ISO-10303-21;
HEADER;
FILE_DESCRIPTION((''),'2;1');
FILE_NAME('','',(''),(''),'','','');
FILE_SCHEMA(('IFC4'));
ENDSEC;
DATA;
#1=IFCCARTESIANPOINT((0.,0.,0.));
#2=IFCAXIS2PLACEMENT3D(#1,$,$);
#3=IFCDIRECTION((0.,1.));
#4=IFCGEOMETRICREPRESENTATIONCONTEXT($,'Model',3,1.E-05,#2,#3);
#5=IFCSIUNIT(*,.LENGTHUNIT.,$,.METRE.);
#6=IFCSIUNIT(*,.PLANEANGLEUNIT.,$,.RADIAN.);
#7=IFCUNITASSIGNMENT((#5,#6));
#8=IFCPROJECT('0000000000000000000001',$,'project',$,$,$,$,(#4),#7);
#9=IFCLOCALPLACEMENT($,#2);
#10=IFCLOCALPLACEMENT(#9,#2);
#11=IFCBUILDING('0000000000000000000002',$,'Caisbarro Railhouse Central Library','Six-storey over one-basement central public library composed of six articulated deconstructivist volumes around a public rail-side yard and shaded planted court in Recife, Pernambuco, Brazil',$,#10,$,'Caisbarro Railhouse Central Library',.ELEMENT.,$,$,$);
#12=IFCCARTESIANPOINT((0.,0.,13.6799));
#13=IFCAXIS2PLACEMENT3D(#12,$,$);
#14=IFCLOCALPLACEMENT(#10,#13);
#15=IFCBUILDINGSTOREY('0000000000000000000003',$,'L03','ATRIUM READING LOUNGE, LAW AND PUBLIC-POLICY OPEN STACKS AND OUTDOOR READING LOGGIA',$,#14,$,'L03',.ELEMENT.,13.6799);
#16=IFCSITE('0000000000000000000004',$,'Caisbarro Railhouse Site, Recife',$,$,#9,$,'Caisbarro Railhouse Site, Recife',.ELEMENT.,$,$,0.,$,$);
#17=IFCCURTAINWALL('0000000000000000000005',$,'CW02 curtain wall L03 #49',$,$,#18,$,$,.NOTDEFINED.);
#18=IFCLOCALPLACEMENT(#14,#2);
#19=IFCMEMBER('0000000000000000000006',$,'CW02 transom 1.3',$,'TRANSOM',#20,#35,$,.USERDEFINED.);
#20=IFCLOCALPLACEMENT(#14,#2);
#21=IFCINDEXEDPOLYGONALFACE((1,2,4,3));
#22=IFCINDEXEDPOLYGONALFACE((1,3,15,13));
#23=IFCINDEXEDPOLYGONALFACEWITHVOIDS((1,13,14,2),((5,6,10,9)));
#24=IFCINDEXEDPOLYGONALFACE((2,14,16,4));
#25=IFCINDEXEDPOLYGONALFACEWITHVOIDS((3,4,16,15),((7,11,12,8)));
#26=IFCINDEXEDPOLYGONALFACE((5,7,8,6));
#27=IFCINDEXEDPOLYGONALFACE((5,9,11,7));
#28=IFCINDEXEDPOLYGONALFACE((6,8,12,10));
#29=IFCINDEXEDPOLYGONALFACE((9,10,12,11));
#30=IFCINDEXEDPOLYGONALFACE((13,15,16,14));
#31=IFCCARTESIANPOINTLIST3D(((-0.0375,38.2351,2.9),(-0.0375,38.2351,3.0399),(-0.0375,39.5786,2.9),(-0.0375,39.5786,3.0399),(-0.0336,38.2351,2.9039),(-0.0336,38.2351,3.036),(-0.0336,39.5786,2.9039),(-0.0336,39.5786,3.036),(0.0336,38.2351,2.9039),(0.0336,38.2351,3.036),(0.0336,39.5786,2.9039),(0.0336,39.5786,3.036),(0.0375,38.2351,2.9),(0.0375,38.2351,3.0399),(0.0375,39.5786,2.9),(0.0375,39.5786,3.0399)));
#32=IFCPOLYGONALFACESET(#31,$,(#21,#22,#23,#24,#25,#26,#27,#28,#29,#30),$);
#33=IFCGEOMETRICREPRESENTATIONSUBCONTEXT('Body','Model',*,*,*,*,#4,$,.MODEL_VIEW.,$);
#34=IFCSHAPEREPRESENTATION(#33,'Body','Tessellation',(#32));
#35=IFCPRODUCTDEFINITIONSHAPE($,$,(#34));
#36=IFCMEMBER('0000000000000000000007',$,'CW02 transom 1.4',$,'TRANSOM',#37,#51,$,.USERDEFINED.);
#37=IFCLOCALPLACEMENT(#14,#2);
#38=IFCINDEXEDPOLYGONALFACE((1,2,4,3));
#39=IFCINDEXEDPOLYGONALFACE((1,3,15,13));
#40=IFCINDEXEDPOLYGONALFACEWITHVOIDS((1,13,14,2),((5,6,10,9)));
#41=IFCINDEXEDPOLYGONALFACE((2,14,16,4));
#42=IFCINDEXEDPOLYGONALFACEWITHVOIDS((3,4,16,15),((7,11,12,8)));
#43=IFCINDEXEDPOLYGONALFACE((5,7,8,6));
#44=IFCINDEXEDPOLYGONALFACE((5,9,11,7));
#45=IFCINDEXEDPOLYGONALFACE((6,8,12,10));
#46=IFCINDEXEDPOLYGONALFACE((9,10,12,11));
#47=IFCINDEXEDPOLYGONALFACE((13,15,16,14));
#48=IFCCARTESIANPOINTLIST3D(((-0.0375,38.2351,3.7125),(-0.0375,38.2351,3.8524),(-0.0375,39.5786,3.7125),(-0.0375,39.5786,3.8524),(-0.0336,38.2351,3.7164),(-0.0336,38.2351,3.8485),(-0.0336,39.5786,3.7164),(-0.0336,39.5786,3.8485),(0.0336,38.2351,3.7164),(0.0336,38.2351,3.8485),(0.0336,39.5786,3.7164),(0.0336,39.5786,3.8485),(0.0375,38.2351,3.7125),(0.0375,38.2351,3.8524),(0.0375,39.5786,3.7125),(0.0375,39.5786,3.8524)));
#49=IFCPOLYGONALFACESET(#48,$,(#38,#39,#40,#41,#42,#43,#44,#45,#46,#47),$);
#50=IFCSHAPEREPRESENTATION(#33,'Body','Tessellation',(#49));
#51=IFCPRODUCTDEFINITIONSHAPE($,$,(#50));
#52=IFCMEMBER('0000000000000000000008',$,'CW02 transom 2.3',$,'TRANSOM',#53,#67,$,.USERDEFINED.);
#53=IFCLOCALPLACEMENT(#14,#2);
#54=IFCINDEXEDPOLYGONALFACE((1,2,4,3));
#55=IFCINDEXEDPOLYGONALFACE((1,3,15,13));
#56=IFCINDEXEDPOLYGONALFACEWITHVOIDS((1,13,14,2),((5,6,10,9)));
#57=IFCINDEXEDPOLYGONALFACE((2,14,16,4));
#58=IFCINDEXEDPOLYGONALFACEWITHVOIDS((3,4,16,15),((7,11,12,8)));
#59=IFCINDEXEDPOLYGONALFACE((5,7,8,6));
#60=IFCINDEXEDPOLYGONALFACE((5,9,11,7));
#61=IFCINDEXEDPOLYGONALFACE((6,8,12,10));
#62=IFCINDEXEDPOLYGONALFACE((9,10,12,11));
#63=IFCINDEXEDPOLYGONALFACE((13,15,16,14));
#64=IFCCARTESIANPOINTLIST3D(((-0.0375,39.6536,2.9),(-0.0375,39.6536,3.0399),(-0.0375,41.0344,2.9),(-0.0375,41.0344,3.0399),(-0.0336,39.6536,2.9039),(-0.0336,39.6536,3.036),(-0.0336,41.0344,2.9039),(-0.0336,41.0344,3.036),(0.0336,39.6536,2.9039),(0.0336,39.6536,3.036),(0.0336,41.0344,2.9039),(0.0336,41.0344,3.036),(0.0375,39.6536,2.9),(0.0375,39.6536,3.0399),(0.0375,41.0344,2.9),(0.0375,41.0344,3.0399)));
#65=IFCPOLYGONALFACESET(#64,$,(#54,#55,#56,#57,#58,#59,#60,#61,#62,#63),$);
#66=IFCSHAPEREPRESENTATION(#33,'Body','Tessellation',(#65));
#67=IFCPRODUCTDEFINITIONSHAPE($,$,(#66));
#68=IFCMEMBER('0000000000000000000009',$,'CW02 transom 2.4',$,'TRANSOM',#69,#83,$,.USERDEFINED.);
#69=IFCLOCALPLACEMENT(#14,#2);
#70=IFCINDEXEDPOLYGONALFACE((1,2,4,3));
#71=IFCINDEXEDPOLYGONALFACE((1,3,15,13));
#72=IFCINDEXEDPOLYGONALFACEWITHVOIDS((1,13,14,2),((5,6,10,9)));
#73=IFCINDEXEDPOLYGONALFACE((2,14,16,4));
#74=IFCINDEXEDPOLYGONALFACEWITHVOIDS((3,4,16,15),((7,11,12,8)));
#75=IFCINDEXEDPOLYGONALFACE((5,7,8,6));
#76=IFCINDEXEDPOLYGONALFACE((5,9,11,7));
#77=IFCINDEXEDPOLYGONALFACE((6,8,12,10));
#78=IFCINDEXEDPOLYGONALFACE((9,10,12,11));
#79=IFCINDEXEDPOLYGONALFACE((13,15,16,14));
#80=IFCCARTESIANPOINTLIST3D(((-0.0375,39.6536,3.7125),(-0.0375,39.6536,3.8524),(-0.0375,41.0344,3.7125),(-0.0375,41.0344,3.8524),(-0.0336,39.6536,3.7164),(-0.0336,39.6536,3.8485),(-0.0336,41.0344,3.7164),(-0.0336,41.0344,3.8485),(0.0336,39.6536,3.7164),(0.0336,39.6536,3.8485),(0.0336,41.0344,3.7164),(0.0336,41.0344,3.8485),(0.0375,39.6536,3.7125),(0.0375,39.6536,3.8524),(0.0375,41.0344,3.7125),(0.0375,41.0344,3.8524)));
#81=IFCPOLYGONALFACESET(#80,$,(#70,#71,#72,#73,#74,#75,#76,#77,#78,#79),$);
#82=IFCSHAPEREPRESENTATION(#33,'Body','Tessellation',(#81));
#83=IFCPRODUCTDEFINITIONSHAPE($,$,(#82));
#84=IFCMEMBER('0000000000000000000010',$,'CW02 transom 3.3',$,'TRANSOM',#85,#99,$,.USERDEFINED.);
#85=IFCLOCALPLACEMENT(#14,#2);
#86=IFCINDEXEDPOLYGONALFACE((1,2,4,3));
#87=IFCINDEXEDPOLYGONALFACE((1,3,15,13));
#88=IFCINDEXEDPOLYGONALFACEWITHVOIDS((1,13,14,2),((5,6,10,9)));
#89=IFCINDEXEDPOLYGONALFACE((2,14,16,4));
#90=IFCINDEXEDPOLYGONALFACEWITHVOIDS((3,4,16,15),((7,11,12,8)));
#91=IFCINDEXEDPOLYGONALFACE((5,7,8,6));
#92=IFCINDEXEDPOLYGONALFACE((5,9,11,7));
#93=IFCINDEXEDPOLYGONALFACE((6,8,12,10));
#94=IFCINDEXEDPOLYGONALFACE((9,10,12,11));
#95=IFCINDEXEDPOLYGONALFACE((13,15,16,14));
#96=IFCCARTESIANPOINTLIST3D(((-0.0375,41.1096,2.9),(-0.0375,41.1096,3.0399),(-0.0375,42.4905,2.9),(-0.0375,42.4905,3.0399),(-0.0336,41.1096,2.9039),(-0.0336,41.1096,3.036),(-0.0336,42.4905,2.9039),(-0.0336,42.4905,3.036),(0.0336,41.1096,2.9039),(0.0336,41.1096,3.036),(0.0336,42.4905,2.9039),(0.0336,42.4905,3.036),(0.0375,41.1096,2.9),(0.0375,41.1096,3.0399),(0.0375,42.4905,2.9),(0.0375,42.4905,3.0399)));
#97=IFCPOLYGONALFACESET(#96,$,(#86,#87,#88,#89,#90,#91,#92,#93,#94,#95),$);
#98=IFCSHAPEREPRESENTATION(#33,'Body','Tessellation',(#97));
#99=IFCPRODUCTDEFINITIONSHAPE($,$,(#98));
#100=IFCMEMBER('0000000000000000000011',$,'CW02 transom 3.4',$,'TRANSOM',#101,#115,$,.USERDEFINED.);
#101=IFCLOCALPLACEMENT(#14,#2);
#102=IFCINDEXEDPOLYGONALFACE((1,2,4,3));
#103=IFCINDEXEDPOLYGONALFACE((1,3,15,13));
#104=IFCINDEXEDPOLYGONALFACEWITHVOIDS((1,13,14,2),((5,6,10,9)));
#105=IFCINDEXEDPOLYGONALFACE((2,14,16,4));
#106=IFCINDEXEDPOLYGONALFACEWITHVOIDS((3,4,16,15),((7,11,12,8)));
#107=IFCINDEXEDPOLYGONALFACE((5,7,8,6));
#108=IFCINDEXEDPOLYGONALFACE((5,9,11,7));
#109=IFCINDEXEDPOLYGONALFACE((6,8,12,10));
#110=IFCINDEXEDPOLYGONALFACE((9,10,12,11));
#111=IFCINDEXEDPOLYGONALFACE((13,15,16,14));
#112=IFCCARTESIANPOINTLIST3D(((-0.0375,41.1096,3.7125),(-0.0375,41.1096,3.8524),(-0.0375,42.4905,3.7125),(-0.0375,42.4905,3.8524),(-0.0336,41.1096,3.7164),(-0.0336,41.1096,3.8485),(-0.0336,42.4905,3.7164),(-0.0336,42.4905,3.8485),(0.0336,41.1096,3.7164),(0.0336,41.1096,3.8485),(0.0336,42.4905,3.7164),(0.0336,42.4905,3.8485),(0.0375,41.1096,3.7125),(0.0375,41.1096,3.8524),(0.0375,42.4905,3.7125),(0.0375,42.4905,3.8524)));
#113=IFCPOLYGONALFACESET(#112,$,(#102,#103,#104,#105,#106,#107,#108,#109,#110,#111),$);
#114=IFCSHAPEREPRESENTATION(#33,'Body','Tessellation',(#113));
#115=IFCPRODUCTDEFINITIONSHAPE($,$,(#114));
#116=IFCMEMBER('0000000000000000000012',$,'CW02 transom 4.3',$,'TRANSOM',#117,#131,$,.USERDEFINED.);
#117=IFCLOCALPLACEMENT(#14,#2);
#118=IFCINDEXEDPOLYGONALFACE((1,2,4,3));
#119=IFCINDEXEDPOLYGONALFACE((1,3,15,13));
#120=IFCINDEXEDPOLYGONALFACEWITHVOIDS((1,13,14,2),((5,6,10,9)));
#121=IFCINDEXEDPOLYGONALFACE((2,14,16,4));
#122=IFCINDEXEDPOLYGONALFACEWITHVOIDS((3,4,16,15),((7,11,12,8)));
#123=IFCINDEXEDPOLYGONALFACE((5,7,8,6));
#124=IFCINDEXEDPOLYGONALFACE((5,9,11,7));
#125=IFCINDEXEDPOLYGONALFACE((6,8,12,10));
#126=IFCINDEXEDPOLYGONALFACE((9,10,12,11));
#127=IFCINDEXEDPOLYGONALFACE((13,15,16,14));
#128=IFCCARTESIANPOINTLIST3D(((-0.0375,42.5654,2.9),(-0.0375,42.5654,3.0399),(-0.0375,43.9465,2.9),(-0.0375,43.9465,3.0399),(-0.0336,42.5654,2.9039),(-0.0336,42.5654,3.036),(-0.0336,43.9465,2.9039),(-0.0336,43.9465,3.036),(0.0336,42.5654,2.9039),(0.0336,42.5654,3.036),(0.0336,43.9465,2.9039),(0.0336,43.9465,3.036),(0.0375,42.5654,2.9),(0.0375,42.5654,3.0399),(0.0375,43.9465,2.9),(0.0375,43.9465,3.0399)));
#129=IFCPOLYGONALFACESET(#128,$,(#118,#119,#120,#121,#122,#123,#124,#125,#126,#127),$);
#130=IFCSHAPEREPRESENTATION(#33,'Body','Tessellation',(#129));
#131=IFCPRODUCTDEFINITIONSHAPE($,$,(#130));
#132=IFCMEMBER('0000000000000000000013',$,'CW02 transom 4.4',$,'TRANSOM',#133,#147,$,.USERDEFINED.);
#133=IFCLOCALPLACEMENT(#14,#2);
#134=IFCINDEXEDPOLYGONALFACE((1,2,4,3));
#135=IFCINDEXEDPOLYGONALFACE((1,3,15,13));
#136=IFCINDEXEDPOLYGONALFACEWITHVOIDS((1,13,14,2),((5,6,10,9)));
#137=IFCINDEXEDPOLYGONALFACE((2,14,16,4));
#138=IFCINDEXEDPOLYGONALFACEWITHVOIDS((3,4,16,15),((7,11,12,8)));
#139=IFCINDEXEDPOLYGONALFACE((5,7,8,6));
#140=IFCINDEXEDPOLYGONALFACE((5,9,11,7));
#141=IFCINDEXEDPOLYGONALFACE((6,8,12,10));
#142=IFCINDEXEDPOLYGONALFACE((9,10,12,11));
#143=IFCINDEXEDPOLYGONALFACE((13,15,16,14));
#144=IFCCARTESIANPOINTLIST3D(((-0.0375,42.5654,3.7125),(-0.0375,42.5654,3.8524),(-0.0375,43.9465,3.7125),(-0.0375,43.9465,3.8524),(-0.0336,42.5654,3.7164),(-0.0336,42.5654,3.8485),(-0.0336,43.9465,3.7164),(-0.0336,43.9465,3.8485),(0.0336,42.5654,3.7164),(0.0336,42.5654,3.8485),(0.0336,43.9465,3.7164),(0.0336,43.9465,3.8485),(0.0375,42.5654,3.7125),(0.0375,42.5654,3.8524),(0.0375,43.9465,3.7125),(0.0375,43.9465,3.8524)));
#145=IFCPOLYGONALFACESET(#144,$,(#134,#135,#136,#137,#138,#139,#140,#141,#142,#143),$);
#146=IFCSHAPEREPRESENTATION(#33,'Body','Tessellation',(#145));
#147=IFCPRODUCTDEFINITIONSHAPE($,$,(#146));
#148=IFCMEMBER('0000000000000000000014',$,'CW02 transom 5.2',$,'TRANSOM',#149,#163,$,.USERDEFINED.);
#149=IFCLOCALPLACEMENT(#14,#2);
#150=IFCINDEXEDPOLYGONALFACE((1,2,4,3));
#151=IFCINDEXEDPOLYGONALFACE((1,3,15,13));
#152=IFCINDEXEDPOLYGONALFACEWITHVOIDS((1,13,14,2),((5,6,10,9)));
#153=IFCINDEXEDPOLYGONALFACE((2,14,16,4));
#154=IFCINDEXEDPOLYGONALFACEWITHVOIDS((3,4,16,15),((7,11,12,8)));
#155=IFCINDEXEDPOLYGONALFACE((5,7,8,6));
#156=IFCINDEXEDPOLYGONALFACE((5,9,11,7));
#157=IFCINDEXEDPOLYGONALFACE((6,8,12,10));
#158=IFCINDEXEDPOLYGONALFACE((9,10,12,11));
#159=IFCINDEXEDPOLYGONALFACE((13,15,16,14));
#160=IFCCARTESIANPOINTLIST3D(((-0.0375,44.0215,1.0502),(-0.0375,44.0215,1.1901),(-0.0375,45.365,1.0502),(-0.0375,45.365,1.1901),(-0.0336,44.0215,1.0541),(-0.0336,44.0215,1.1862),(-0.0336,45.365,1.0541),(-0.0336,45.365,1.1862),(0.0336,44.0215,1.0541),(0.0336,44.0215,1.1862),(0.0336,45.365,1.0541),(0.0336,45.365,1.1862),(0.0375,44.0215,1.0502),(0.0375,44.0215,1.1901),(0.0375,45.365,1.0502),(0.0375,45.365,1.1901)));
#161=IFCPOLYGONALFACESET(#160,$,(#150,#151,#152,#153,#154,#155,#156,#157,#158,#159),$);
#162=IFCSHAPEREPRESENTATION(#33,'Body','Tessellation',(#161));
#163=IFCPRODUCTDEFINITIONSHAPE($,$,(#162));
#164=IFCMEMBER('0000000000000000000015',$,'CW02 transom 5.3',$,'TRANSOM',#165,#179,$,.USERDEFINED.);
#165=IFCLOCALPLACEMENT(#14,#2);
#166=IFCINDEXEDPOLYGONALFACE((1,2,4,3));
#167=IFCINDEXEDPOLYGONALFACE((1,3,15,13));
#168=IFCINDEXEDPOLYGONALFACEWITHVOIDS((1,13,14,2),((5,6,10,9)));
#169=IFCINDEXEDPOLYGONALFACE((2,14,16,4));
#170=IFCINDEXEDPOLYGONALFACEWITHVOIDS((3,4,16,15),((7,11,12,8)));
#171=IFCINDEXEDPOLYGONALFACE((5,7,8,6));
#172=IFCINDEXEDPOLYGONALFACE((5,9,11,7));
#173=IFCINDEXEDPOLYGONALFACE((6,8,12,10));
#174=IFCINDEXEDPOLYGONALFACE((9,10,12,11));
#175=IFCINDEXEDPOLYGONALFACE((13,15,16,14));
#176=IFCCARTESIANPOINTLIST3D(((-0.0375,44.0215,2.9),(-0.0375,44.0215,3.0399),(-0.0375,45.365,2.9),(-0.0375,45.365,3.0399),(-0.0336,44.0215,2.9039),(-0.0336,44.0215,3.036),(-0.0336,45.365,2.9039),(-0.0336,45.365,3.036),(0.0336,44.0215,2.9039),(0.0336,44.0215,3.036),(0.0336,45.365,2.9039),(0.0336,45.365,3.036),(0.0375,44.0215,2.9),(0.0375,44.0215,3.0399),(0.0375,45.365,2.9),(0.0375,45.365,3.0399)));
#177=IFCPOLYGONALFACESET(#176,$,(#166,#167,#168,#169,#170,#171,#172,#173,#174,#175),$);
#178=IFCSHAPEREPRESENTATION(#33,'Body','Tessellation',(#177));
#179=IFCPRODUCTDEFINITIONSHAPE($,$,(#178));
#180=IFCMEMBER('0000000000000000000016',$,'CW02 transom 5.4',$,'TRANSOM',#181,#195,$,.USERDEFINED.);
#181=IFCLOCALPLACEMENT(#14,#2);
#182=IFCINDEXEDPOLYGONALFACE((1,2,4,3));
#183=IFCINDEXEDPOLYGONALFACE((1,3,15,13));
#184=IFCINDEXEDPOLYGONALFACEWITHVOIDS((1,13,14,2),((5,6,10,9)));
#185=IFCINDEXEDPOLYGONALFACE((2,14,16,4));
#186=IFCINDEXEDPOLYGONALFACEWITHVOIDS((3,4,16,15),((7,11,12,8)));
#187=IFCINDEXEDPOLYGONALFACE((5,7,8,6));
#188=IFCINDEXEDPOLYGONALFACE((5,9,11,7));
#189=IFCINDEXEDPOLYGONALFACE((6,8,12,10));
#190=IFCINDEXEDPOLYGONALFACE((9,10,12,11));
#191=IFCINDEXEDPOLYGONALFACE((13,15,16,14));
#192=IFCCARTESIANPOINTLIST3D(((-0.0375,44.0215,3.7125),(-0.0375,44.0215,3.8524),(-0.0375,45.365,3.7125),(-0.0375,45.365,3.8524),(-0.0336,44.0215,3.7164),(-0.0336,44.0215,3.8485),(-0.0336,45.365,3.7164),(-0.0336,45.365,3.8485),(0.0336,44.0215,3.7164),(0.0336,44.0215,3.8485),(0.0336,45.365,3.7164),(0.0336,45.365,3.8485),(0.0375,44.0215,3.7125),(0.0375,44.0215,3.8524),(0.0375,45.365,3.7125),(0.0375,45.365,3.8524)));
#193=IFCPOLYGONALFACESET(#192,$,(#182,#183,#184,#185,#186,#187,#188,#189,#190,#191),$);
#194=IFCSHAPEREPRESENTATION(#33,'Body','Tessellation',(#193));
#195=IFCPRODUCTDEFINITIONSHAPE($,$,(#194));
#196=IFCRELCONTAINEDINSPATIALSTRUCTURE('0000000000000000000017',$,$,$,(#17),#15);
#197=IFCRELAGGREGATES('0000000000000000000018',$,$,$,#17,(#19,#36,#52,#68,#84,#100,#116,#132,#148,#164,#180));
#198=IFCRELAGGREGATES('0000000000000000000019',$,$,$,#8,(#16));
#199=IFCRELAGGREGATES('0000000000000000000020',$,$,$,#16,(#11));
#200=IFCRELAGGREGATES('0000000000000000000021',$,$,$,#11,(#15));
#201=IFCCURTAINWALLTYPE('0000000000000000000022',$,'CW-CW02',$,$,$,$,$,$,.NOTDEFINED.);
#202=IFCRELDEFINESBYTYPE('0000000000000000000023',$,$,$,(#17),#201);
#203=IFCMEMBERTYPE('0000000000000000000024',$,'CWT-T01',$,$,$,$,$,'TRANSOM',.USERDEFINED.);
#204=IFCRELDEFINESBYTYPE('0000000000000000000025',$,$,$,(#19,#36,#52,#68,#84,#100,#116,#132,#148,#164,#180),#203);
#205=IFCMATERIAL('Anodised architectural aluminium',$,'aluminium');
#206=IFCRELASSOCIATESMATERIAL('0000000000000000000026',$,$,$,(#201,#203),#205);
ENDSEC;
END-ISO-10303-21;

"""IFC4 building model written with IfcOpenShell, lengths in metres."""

from ifc_helpers import new_model, si_unit, direction, frame, origin, origin_2d, place, context, subcontext, project, spatial, hollow_rectangle, extrude, material, material_profile, profile_set, type_object, element, aggregate, save


model = new_model("IFC4")

# Units and contexts
model_context = context("Model", 3, precision=1e-05, world=origin(), true_north=direction((0.0, 1.0)))
body_context = subcontext(model_context, "Body", "Model", "MODEL_VIEW")
ifc_project = project(units=[si_unit("LENGTHUNIT", "METRE"), si_unit("PLANEANGLEUNIT", "RADIAN")], contexts=[model_context])

# Site, building, storey
site_placement = place(None, origin())
site = spatial("IfcSite", under=ifc_project, at=site_placement, Name="Caisbarro Railhouse Site, Recife", LongName="Caisbarro Railhouse Site, Recife", CompositionType="ELEMENT", RefElevation=0.0)
building_placement = place(site_placement, origin())
building = spatial("IfcBuilding", under=site, at=building_placement, Name="Caisbarro Railhouse Central Library", Description="Six-storey over one-basement central public library composed of six articulated deconstructivist volumes around a public rail-side yard and shaded planted court in Recife, Pernambuco, Brazil", LongName="Caisbarro Railhouse Central Library", CompositionType="ELEMENT")
storey_placement = place(building_placement, frame((0.0, 0.0, 13.6799)))
storey = spatial("IfcBuildingStorey", under=building, at=storey_placement, Name="L03", Description="ATRIUM READING LOUNGE, LAW AND PUBLIC-POLICY OPEN STACKS AND OUTDOOR READING LOGGIA", LongName="L03", CompositionType="ELEMENT", Elevation=13.6799)

# Curtain wall, members
ifc_material_1 = material(Name="Anodised architectural aluminium", Category="aluminium")
curtain_wall_type = type_object("IfcCurtainWallType", Name="CW-CW02", PredefinedType="NOTDEFINED", material=ifc_material_1)
curtain_wall_1_placement = place(storey_placement, origin())
curtain_wall_1 = element("IfcCurtainWall", 1, at=curtain_wall_1_placement, inside=storey, type_object=curtain_wall_type, Name="CW02 curtain wall L03 #49", PredefinedType="NOTDEFINED")
ifc_material_profile = material_profile(ifc_material_1, hollow_rectangle(XDim=0.075, YDim=0.1399, WallThickness=0.0039, at=origin_2d()), Name="ALU-TRN-75X140")
ifc_profile_set = profile_set([ifc_material_profile], Name="Anodised architectural aluminium")
member_type = type_object("IfcMemberType", Name="CWT-T01", ElementType="TRANSOM", PredefinedType="USERDEFINED", material=ifc_profile_set)
member_1_placement = place(storey_placement, frame((0.0, 38.2351, 2.97), z_axis=(0.0, 1.0, 0.0), x_axis=(-1.0, 0.0, 0.0)))
member_1 = element("IfcMember", 2, at=member_1_placement, type_object=member_type, Name="CW02 transom 1.3", ObjectType="TRANSOM", PredefinedType="USERDEFINED", context=body_context, shape_type="SweptSolid", body=[
    extrude(hollow_rectangle(XDim=0.075, YDim=0.1399, WallThickness=0.0039, at=origin_2d()), origin(), (0.0, 0.0, 1.0), 1.3435),
])
member_2_placement = place(storey_placement, frame((0.0, 38.2351, 3.7825), z_axis=(0.0, 1.0, 0.0), x_axis=(-1.0, 0.0, 0.0)))
member_2 = element("IfcMember", 3, at=member_2_placement, type_object=member_type, Name="CW02 transom 1.4", ObjectType="TRANSOM", PredefinedType="USERDEFINED", context=body_context, shape_type="SweptSolid", body=[
    extrude(hollow_rectangle(XDim=0.075, YDim=0.1399, WallThickness=0.0039, at=origin_2d()), origin(), (0.0, 0.0, 1.0), 1.3435),
])
member_3_placement = place(storey_placement, frame((0.0, 39.6536, 2.97), z_axis=(0.0, 1.0, 0.0), x_axis=(-1.0, 0.0, 0.0)))
member_3 = element("IfcMember", 4, at=member_3_placement, type_object=member_type, Name="CW02 transom 2.3", ObjectType="TRANSOM", PredefinedType="USERDEFINED", context=body_context, shape_type="SweptSolid", body=[
    extrude(hollow_rectangle(XDim=0.075, YDim=0.1399, WallThickness=0.0039, at=origin_2d()), origin(), (0.0, 0.0, 1.0), 1.3809),
])
member_4_placement = place(storey_placement, frame((0.0, 39.6536, 3.7825), z_axis=(0.0, 1.0, 0.0), x_axis=(-1.0, 0.0, 0.0)))
member_4 = element("IfcMember", 5, at=member_4_placement, type_object=member_type, Name="CW02 transom 2.4", ObjectType="TRANSOM", PredefinedType="USERDEFINED", context=body_context, shape_type="SweptSolid", body=[
    extrude(hollow_rectangle(XDim=0.075, YDim=0.1399, WallThickness=0.0039, at=origin_2d()), origin(), (0.0, 0.0, 1.0), 1.3809),
])
member_5_placement = place(storey_placement, frame((0.0, 41.1096, 2.97), z_axis=(0.0, 1.0, 0.0), x_axis=(-1.0, 0.0, 0.0)))
member_5 = element("IfcMember", 6, at=member_5_placement, type_object=member_type, Name="CW02 transom 3.3", ObjectType="TRANSOM", PredefinedType="USERDEFINED", context=body_context, shape_type="SweptSolid", body=[
    extrude(hollow_rectangle(XDim=0.075, YDim=0.1399, WallThickness=0.0039, at=origin_2d()), origin(), (0.0, 0.0, 1.0), 1.3809),
])
member_6_placement = place(storey_placement, frame((0.0, 41.1096, 3.7825), z_axis=(0.0, 1.0, 0.0), x_axis=(-1.0, 0.0, 0.0)))
member_6 = element("IfcMember", 7, at=member_6_placement, type_object=member_type, Name="CW02 transom 3.4", ObjectType="TRANSOM", PredefinedType="USERDEFINED", context=body_context, shape_type="SweptSolid", body=[
    extrude(hollow_rectangle(XDim=0.075, YDim=0.1399, WallThickness=0.0039, at=origin_2d()), origin(), (0.0, 0.0, 1.0), 1.3809),
])
member_7_placement = place(storey_placement, frame((0.0, 42.5654, 2.97), z_axis=(0.0, 1.0, 0.0), x_axis=(-1.0, 0.0, 0.0)))
member_7 = element("IfcMember", 8, at=member_7_placement, type_object=member_type, Name="CW02 transom 4.3", ObjectType="TRANSOM", PredefinedType="USERDEFINED", context=body_context, shape_type="SweptSolid", body=[
    extrude(hollow_rectangle(XDim=0.075, YDim=0.1399, WallThickness=0.0039, at=origin_2d()), origin(), (0.0, 0.0, 1.0), 1.3811),
])
member_8_placement = place(storey_placement, frame((0.0, 42.5654, 3.7825), z_axis=(0.0, 1.0, 0.0), x_axis=(-1.0, 0.0, 0.0)))
member_8 = element("IfcMember", 9, at=member_8_placement, type_object=member_type, Name="CW02 transom 4.4", ObjectType="TRANSOM", PredefinedType="USERDEFINED", context=body_context, shape_type="SweptSolid", body=[
    extrude(hollow_rectangle(XDim=0.075, YDim=0.1399, WallThickness=0.0039, at=origin_2d()), origin(), (0.0, 0.0, 1.0), 1.3811),
])
member_9_placement = place(storey_placement, frame((0.0, 44.0215, 1.1201), z_axis=(0.0, 1.0, 0.0), x_axis=(-1.0, 0.0, 0.0)))
member_9 = element("IfcMember", 10, at=member_9_placement, type_object=member_type, Name="CW02 transom 5.2", ObjectType="TRANSOM", PredefinedType="USERDEFINED", context=body_context, shape_type="SweptSolid", body=[
    extrude(hollow_rectangle(XDim=0.075, YDim=0.1399, WallThickness=0.0039, at=origin_2d()), origin(), (0.0, 0.0, 1.0), 1.3435),
])
member_10_placement = place(storey_placement, frame((0.0, 44.0215, 2.97), z_axis=(0.0, 1.0, 0.0), x_axis=(-1.0, 0.0, 0.0)))
member_10 = element("IfcMember", 11, at=member_10_placement, type_object=member_type, Name="CW02 transom 5.3", ObjectType="TRANSOM", PredefinedType="USERDEFINED", context=body_context, shape_type="SweptSolid", body=[
    extrude(hollow_rectangle(XDim=0.075, YDim=0.1399, WallThickness=0.0039, at=origin_2d()), origin(), (0.0, 0.0, 1.0), 1.3435),
])
member_11_placement = place(storey_placement, frame((0.0, 44.0215, 3.7825), z_axis=(0.0, 1.0, 0.0), x_axis=(-1.0, 0.0, 0.0)))
member_11 = element("IfcMember", 12, at=member_11_placement, type_object=member_type, Name="CW02 transom 5.4", ObjectType="TRANSOM", PredefinedType="USERDEFINED", context=body_context, shape_type="SweptSolid", body=[
    extrude(hollow_rectangle(XDim=0.075, YDim=0.1399, WallThickness=0.0039, at=origin_2d()), origin(), (0.0, 0.0, 1.0), 1.3435),
])

aggregate(curtain_wall_1, [member_1, member_2, member_3, member_4, member_5, member_6, member_7, member_8, member_9, member_10, member_11])

save(model, "model.ifc")
